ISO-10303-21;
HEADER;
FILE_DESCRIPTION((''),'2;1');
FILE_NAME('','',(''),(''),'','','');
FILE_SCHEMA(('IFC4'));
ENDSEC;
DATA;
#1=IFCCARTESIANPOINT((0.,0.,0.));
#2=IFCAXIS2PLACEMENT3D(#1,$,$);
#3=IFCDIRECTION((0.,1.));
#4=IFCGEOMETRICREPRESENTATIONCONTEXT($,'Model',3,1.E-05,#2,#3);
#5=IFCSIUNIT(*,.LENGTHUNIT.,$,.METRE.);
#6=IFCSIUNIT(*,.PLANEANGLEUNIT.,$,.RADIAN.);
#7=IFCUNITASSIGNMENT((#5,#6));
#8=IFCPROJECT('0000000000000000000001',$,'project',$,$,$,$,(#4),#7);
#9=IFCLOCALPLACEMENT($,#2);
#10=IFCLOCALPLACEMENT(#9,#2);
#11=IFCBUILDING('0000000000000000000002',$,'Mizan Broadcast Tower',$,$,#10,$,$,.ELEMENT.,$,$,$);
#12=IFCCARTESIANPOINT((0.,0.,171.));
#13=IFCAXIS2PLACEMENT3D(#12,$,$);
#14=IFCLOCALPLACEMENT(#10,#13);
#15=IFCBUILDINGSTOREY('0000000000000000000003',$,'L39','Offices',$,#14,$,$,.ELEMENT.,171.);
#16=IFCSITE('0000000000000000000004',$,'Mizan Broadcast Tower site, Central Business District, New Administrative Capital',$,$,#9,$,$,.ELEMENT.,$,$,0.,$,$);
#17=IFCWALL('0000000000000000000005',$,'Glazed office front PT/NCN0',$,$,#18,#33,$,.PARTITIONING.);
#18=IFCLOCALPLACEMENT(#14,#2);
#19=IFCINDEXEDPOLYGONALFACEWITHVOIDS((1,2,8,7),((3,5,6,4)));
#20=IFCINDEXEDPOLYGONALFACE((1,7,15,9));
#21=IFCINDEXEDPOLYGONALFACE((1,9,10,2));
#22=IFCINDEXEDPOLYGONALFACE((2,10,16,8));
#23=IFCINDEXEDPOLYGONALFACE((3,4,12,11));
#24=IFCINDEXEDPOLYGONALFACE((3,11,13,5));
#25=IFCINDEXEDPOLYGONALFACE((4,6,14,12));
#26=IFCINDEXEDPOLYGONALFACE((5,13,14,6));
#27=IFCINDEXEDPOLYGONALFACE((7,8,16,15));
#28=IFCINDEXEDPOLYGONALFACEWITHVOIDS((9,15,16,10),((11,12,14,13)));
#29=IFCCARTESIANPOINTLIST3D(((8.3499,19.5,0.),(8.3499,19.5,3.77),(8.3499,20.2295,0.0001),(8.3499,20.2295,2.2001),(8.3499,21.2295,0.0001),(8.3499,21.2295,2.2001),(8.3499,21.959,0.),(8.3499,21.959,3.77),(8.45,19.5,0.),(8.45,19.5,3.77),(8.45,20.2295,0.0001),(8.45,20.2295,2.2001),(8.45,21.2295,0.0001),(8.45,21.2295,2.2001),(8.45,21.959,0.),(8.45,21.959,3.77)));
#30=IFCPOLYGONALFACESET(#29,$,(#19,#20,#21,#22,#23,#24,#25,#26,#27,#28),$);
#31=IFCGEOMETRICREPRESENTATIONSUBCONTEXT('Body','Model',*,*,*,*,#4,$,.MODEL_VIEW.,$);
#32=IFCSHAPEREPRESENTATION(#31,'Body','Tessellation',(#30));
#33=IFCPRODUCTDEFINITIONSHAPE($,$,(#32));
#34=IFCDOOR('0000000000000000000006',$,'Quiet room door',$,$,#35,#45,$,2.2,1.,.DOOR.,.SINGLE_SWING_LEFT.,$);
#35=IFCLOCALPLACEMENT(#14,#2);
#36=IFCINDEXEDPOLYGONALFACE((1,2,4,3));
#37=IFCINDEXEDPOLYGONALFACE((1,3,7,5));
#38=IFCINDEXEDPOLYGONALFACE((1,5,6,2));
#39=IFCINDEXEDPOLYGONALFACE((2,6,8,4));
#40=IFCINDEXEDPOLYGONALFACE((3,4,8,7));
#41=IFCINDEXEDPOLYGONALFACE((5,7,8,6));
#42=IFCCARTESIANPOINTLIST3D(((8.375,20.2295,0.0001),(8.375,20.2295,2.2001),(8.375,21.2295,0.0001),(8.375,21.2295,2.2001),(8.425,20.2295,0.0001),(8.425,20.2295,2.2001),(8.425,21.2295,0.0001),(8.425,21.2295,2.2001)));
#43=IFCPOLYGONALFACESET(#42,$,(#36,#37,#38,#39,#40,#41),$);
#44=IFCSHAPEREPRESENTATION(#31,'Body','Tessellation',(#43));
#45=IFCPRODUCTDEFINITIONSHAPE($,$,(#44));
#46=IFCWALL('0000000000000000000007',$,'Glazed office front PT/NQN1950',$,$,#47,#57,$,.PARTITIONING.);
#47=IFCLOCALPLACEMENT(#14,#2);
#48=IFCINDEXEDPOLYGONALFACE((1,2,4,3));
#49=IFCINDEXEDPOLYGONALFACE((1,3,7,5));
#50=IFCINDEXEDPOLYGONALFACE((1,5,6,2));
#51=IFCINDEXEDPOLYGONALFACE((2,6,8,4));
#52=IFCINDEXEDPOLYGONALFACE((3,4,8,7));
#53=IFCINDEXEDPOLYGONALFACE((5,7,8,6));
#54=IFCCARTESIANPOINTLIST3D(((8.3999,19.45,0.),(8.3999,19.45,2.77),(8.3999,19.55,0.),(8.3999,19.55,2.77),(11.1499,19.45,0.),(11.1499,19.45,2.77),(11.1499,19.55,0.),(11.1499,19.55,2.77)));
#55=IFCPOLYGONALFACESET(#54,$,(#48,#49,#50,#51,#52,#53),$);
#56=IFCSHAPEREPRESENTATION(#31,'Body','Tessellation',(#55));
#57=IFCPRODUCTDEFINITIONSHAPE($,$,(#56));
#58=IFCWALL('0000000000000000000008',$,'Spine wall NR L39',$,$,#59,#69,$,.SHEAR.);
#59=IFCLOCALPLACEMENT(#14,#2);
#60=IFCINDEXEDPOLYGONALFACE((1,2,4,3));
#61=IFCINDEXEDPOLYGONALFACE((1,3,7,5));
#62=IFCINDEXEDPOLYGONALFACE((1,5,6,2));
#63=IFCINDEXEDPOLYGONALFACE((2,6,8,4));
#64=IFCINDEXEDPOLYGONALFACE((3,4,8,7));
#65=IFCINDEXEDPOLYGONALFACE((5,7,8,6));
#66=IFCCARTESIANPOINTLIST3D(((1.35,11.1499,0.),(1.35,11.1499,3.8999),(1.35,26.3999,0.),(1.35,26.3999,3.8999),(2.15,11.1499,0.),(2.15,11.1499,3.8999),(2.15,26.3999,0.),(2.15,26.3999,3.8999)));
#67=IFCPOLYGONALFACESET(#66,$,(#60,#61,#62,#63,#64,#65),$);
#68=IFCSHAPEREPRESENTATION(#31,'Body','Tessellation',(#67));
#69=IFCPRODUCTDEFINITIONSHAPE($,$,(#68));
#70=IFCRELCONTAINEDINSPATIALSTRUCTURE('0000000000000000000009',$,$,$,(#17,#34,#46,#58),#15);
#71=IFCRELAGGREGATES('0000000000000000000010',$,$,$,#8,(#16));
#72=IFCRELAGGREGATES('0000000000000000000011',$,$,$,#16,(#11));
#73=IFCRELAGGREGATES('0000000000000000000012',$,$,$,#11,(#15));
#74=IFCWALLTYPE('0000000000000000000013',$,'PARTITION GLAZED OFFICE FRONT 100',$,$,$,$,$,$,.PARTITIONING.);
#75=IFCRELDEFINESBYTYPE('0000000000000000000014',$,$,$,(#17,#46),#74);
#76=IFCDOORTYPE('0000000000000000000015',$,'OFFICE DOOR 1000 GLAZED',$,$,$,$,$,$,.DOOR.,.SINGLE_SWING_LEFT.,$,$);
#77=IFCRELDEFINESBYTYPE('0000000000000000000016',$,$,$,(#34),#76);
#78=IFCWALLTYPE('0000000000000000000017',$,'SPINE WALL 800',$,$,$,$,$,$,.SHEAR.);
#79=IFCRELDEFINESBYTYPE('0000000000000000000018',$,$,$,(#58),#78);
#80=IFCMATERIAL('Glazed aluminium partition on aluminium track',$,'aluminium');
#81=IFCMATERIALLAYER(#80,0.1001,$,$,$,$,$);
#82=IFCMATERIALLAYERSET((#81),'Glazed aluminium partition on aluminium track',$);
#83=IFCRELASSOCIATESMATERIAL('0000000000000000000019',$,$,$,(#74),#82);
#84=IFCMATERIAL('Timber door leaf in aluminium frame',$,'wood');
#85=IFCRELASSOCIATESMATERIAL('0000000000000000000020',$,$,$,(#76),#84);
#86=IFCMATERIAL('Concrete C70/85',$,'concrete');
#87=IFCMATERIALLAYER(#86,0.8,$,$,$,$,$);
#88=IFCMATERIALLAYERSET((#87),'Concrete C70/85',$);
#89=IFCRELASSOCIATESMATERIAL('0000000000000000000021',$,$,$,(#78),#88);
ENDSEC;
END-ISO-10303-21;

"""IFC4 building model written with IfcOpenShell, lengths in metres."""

from ifc_helpers import new_model, si_unit, direction, frame, frame_2d, origin, place, context, subcontext, project, spatial, rectangle, extrude, material, layer, layer_set, type_object, element, fill, save


model = new_model("IFC4")

# Units and contexts
model_context = context("Model", 3, precision=1e-05, world=origin(), true_north=direction((0.0, 1.0)))
body_context = subcontext(model_context, "Body", "Model", "MODEL_VIEW")
ifc_project = project(units=[si_unit("LENGTHUNIT", "METRE"), si_unit("PLANEANGLEUNIT", "RADIAN")], contexts=[model_context])

# Site, building, storey
site_placement = place(None, origin())
site = spatial("IfcSite", under=ifc_project, at=site_placement, Name="Mizan Broadcast Tower site, Central Business District, New Administrative Capital", CompositionType="ELEMENT", RefElevation=0.0)
building_placement = place(site_placement, origin())
building = spatial("IfcBuilding", under=site, at=building_placement, Name="Mizan Broadcast Tower", CompositionType="ELEMENT")
storey_placement = place(building_placement, frame((0.0, 0.0, 171.0)))
storey = spatial("IfcBuildingStorey", under=building, at=storey_placement, Name="L39", Description="Offices", CompositionType="ELEMENT", Elevation=171.0)

# Wall, opening, door
ifc_material_1 = material(Name="Glazed aluminium partition on aluminium track", Category="aluminium")
ifc_layer_1 = layer(ifc_material_1, 0.1001)
ifc_layer_set_1 = layer_set([ifc_layer_1], Name="Glazed aluminium partition on aluminium track")
wall_type_1 = type_object("IfcWallType", Name="PARTITION GLAZED OFFICE FRONT 100", PredefinedType="PARTITIONING", material=ifc_layer_set_1)
wall_1_placement = place(storey_placement, frame((8.3999, 19.5, 0.0), z_axis=(0.0, 0.0, 1.0), x_axis=(0.0, 1.0, 0.0)))
wall_1 = element("IfcWall", 1, at=wall_1_placement, inside=storey, type_object=wall_type_1, Name="Glazed office front PT/NCN0", PredefinedType="PARTITIONING", context=body_context, shape_type="SweptSolid", body=[
    extrude(rectangle(XDim=2.459, YDim=0.1001, at=frame_2d((1.2295, 0.0))), origin(), (0.0, 0.0, 1.0), 3.77),
])
opening_1_placement = place(wall_1_placement, frame((0.7295, 0.0, 0.0)))
opening_1 = element("IfcOpeningElement", 2, at=opening_1_placement, cuts=wall_1, PredefinedType="OPENING", context=body_context, shape_type="SweptSolid", body=[
    extrude(rectangle(XDim=1.0, YDim=2.2, at=frame_2d((0.5, 1.1001))), frame((0.0, 0.0601, 0.0), z_axis=(0.0, -1.0, 0.0), x_axis=(1.0, 0.0, 0.0)), (0.0, 0.0, 1.0), 0.1201),
])
ifc_material_2 = material(Name="Timber door leaf in aluminium frame", Category="wood")
door_type_1 = type_object("IfcDoorType", Name="OFFICE DOOR 1000 GLAZED", OperationType="SINGLE_SWING_LEFT", PredefinedType="DOOR", material=ifc_material_2)
door_1_placement = place(opening_1_placement, origin())
door_1 = element("IfcDoor", 3, at=door_1_placement, inside=storey, type_object=door_type_1, Name="Quiet room door", OperationType="SINGLE_SWING_LEFT", OverallHeight=2.2, OverallWidth=1.0, PredefinedType="DOOR", context=body_context, shape_type="SweptSolid", body=[
    extrude(rectangle(XDim=1.0, YDim=2.2, at=frame_2d((0.5, 1.1001))), frame((0.0, 0.0249, 0.0), z_axis=(0.0, -1.0, 0.0), x_axis=(1.0, 0.0, 0.0)), (0.0, 0.0, 1.0), 0.05),
])
fill(opening_1, door_1)

# Walls
wall_2_placement = place(storey_placement, frame((8.3999, 19.5, 0.0), z_axis=(0.0, 0.0, 1.0), x_axis=(1.0, 0.0, 0.0)))
element("IfcWall", 4, at=wall_2_placement, inside=storey, type_object=wall_type_1, Name="Glazed office front PT/NQN1950", PredefinedType="PARTITIONING", context=body_context, shape_type="SweptSolid", body=[
    extrude(rectangle(XDim=2.75, YDim=0.1001, at=frame_2d((1.375, 0.0))), origin(), (0.0, 0.0, 1.0), 2.77),
])
ifc_material_3 = material(Name="Concrete C70/85", Category="concrete")
ifc_layer_2 = layer(ifc_material_3, 0.8)
ifc_layer_set_2 = layer_set([ifc_layer_2], Name="Concrete C70/85")
wall_type_2 = type_object("IfcWallType", Name="SPINE WALL 800", PredefinedType="SHEAR", material=ifc_layer_set_2)
wall_3_placement = place(storey_placement, frame((1.75, 11.1499, 0.0), z_axis=(0.0, 0.0, 1.0), x_axis=(0.0, 1.0, 0.0)))
element("IfcWall", 5, at=wall_3_placement, inside=storey, type_object=wall_type_2, Name="Spine wall NR L39", PredefinedType="SHEAR", context=body_context, shape_type="SweptSolid", body=[
    extrude(rectangle(XDim=15.25, YDim=0.8, at=frame_2d((7.625, 0.0))), origin(), (0.0, 0.0, 1.0), 3.8999),
])

save(model, "model.ifc")
